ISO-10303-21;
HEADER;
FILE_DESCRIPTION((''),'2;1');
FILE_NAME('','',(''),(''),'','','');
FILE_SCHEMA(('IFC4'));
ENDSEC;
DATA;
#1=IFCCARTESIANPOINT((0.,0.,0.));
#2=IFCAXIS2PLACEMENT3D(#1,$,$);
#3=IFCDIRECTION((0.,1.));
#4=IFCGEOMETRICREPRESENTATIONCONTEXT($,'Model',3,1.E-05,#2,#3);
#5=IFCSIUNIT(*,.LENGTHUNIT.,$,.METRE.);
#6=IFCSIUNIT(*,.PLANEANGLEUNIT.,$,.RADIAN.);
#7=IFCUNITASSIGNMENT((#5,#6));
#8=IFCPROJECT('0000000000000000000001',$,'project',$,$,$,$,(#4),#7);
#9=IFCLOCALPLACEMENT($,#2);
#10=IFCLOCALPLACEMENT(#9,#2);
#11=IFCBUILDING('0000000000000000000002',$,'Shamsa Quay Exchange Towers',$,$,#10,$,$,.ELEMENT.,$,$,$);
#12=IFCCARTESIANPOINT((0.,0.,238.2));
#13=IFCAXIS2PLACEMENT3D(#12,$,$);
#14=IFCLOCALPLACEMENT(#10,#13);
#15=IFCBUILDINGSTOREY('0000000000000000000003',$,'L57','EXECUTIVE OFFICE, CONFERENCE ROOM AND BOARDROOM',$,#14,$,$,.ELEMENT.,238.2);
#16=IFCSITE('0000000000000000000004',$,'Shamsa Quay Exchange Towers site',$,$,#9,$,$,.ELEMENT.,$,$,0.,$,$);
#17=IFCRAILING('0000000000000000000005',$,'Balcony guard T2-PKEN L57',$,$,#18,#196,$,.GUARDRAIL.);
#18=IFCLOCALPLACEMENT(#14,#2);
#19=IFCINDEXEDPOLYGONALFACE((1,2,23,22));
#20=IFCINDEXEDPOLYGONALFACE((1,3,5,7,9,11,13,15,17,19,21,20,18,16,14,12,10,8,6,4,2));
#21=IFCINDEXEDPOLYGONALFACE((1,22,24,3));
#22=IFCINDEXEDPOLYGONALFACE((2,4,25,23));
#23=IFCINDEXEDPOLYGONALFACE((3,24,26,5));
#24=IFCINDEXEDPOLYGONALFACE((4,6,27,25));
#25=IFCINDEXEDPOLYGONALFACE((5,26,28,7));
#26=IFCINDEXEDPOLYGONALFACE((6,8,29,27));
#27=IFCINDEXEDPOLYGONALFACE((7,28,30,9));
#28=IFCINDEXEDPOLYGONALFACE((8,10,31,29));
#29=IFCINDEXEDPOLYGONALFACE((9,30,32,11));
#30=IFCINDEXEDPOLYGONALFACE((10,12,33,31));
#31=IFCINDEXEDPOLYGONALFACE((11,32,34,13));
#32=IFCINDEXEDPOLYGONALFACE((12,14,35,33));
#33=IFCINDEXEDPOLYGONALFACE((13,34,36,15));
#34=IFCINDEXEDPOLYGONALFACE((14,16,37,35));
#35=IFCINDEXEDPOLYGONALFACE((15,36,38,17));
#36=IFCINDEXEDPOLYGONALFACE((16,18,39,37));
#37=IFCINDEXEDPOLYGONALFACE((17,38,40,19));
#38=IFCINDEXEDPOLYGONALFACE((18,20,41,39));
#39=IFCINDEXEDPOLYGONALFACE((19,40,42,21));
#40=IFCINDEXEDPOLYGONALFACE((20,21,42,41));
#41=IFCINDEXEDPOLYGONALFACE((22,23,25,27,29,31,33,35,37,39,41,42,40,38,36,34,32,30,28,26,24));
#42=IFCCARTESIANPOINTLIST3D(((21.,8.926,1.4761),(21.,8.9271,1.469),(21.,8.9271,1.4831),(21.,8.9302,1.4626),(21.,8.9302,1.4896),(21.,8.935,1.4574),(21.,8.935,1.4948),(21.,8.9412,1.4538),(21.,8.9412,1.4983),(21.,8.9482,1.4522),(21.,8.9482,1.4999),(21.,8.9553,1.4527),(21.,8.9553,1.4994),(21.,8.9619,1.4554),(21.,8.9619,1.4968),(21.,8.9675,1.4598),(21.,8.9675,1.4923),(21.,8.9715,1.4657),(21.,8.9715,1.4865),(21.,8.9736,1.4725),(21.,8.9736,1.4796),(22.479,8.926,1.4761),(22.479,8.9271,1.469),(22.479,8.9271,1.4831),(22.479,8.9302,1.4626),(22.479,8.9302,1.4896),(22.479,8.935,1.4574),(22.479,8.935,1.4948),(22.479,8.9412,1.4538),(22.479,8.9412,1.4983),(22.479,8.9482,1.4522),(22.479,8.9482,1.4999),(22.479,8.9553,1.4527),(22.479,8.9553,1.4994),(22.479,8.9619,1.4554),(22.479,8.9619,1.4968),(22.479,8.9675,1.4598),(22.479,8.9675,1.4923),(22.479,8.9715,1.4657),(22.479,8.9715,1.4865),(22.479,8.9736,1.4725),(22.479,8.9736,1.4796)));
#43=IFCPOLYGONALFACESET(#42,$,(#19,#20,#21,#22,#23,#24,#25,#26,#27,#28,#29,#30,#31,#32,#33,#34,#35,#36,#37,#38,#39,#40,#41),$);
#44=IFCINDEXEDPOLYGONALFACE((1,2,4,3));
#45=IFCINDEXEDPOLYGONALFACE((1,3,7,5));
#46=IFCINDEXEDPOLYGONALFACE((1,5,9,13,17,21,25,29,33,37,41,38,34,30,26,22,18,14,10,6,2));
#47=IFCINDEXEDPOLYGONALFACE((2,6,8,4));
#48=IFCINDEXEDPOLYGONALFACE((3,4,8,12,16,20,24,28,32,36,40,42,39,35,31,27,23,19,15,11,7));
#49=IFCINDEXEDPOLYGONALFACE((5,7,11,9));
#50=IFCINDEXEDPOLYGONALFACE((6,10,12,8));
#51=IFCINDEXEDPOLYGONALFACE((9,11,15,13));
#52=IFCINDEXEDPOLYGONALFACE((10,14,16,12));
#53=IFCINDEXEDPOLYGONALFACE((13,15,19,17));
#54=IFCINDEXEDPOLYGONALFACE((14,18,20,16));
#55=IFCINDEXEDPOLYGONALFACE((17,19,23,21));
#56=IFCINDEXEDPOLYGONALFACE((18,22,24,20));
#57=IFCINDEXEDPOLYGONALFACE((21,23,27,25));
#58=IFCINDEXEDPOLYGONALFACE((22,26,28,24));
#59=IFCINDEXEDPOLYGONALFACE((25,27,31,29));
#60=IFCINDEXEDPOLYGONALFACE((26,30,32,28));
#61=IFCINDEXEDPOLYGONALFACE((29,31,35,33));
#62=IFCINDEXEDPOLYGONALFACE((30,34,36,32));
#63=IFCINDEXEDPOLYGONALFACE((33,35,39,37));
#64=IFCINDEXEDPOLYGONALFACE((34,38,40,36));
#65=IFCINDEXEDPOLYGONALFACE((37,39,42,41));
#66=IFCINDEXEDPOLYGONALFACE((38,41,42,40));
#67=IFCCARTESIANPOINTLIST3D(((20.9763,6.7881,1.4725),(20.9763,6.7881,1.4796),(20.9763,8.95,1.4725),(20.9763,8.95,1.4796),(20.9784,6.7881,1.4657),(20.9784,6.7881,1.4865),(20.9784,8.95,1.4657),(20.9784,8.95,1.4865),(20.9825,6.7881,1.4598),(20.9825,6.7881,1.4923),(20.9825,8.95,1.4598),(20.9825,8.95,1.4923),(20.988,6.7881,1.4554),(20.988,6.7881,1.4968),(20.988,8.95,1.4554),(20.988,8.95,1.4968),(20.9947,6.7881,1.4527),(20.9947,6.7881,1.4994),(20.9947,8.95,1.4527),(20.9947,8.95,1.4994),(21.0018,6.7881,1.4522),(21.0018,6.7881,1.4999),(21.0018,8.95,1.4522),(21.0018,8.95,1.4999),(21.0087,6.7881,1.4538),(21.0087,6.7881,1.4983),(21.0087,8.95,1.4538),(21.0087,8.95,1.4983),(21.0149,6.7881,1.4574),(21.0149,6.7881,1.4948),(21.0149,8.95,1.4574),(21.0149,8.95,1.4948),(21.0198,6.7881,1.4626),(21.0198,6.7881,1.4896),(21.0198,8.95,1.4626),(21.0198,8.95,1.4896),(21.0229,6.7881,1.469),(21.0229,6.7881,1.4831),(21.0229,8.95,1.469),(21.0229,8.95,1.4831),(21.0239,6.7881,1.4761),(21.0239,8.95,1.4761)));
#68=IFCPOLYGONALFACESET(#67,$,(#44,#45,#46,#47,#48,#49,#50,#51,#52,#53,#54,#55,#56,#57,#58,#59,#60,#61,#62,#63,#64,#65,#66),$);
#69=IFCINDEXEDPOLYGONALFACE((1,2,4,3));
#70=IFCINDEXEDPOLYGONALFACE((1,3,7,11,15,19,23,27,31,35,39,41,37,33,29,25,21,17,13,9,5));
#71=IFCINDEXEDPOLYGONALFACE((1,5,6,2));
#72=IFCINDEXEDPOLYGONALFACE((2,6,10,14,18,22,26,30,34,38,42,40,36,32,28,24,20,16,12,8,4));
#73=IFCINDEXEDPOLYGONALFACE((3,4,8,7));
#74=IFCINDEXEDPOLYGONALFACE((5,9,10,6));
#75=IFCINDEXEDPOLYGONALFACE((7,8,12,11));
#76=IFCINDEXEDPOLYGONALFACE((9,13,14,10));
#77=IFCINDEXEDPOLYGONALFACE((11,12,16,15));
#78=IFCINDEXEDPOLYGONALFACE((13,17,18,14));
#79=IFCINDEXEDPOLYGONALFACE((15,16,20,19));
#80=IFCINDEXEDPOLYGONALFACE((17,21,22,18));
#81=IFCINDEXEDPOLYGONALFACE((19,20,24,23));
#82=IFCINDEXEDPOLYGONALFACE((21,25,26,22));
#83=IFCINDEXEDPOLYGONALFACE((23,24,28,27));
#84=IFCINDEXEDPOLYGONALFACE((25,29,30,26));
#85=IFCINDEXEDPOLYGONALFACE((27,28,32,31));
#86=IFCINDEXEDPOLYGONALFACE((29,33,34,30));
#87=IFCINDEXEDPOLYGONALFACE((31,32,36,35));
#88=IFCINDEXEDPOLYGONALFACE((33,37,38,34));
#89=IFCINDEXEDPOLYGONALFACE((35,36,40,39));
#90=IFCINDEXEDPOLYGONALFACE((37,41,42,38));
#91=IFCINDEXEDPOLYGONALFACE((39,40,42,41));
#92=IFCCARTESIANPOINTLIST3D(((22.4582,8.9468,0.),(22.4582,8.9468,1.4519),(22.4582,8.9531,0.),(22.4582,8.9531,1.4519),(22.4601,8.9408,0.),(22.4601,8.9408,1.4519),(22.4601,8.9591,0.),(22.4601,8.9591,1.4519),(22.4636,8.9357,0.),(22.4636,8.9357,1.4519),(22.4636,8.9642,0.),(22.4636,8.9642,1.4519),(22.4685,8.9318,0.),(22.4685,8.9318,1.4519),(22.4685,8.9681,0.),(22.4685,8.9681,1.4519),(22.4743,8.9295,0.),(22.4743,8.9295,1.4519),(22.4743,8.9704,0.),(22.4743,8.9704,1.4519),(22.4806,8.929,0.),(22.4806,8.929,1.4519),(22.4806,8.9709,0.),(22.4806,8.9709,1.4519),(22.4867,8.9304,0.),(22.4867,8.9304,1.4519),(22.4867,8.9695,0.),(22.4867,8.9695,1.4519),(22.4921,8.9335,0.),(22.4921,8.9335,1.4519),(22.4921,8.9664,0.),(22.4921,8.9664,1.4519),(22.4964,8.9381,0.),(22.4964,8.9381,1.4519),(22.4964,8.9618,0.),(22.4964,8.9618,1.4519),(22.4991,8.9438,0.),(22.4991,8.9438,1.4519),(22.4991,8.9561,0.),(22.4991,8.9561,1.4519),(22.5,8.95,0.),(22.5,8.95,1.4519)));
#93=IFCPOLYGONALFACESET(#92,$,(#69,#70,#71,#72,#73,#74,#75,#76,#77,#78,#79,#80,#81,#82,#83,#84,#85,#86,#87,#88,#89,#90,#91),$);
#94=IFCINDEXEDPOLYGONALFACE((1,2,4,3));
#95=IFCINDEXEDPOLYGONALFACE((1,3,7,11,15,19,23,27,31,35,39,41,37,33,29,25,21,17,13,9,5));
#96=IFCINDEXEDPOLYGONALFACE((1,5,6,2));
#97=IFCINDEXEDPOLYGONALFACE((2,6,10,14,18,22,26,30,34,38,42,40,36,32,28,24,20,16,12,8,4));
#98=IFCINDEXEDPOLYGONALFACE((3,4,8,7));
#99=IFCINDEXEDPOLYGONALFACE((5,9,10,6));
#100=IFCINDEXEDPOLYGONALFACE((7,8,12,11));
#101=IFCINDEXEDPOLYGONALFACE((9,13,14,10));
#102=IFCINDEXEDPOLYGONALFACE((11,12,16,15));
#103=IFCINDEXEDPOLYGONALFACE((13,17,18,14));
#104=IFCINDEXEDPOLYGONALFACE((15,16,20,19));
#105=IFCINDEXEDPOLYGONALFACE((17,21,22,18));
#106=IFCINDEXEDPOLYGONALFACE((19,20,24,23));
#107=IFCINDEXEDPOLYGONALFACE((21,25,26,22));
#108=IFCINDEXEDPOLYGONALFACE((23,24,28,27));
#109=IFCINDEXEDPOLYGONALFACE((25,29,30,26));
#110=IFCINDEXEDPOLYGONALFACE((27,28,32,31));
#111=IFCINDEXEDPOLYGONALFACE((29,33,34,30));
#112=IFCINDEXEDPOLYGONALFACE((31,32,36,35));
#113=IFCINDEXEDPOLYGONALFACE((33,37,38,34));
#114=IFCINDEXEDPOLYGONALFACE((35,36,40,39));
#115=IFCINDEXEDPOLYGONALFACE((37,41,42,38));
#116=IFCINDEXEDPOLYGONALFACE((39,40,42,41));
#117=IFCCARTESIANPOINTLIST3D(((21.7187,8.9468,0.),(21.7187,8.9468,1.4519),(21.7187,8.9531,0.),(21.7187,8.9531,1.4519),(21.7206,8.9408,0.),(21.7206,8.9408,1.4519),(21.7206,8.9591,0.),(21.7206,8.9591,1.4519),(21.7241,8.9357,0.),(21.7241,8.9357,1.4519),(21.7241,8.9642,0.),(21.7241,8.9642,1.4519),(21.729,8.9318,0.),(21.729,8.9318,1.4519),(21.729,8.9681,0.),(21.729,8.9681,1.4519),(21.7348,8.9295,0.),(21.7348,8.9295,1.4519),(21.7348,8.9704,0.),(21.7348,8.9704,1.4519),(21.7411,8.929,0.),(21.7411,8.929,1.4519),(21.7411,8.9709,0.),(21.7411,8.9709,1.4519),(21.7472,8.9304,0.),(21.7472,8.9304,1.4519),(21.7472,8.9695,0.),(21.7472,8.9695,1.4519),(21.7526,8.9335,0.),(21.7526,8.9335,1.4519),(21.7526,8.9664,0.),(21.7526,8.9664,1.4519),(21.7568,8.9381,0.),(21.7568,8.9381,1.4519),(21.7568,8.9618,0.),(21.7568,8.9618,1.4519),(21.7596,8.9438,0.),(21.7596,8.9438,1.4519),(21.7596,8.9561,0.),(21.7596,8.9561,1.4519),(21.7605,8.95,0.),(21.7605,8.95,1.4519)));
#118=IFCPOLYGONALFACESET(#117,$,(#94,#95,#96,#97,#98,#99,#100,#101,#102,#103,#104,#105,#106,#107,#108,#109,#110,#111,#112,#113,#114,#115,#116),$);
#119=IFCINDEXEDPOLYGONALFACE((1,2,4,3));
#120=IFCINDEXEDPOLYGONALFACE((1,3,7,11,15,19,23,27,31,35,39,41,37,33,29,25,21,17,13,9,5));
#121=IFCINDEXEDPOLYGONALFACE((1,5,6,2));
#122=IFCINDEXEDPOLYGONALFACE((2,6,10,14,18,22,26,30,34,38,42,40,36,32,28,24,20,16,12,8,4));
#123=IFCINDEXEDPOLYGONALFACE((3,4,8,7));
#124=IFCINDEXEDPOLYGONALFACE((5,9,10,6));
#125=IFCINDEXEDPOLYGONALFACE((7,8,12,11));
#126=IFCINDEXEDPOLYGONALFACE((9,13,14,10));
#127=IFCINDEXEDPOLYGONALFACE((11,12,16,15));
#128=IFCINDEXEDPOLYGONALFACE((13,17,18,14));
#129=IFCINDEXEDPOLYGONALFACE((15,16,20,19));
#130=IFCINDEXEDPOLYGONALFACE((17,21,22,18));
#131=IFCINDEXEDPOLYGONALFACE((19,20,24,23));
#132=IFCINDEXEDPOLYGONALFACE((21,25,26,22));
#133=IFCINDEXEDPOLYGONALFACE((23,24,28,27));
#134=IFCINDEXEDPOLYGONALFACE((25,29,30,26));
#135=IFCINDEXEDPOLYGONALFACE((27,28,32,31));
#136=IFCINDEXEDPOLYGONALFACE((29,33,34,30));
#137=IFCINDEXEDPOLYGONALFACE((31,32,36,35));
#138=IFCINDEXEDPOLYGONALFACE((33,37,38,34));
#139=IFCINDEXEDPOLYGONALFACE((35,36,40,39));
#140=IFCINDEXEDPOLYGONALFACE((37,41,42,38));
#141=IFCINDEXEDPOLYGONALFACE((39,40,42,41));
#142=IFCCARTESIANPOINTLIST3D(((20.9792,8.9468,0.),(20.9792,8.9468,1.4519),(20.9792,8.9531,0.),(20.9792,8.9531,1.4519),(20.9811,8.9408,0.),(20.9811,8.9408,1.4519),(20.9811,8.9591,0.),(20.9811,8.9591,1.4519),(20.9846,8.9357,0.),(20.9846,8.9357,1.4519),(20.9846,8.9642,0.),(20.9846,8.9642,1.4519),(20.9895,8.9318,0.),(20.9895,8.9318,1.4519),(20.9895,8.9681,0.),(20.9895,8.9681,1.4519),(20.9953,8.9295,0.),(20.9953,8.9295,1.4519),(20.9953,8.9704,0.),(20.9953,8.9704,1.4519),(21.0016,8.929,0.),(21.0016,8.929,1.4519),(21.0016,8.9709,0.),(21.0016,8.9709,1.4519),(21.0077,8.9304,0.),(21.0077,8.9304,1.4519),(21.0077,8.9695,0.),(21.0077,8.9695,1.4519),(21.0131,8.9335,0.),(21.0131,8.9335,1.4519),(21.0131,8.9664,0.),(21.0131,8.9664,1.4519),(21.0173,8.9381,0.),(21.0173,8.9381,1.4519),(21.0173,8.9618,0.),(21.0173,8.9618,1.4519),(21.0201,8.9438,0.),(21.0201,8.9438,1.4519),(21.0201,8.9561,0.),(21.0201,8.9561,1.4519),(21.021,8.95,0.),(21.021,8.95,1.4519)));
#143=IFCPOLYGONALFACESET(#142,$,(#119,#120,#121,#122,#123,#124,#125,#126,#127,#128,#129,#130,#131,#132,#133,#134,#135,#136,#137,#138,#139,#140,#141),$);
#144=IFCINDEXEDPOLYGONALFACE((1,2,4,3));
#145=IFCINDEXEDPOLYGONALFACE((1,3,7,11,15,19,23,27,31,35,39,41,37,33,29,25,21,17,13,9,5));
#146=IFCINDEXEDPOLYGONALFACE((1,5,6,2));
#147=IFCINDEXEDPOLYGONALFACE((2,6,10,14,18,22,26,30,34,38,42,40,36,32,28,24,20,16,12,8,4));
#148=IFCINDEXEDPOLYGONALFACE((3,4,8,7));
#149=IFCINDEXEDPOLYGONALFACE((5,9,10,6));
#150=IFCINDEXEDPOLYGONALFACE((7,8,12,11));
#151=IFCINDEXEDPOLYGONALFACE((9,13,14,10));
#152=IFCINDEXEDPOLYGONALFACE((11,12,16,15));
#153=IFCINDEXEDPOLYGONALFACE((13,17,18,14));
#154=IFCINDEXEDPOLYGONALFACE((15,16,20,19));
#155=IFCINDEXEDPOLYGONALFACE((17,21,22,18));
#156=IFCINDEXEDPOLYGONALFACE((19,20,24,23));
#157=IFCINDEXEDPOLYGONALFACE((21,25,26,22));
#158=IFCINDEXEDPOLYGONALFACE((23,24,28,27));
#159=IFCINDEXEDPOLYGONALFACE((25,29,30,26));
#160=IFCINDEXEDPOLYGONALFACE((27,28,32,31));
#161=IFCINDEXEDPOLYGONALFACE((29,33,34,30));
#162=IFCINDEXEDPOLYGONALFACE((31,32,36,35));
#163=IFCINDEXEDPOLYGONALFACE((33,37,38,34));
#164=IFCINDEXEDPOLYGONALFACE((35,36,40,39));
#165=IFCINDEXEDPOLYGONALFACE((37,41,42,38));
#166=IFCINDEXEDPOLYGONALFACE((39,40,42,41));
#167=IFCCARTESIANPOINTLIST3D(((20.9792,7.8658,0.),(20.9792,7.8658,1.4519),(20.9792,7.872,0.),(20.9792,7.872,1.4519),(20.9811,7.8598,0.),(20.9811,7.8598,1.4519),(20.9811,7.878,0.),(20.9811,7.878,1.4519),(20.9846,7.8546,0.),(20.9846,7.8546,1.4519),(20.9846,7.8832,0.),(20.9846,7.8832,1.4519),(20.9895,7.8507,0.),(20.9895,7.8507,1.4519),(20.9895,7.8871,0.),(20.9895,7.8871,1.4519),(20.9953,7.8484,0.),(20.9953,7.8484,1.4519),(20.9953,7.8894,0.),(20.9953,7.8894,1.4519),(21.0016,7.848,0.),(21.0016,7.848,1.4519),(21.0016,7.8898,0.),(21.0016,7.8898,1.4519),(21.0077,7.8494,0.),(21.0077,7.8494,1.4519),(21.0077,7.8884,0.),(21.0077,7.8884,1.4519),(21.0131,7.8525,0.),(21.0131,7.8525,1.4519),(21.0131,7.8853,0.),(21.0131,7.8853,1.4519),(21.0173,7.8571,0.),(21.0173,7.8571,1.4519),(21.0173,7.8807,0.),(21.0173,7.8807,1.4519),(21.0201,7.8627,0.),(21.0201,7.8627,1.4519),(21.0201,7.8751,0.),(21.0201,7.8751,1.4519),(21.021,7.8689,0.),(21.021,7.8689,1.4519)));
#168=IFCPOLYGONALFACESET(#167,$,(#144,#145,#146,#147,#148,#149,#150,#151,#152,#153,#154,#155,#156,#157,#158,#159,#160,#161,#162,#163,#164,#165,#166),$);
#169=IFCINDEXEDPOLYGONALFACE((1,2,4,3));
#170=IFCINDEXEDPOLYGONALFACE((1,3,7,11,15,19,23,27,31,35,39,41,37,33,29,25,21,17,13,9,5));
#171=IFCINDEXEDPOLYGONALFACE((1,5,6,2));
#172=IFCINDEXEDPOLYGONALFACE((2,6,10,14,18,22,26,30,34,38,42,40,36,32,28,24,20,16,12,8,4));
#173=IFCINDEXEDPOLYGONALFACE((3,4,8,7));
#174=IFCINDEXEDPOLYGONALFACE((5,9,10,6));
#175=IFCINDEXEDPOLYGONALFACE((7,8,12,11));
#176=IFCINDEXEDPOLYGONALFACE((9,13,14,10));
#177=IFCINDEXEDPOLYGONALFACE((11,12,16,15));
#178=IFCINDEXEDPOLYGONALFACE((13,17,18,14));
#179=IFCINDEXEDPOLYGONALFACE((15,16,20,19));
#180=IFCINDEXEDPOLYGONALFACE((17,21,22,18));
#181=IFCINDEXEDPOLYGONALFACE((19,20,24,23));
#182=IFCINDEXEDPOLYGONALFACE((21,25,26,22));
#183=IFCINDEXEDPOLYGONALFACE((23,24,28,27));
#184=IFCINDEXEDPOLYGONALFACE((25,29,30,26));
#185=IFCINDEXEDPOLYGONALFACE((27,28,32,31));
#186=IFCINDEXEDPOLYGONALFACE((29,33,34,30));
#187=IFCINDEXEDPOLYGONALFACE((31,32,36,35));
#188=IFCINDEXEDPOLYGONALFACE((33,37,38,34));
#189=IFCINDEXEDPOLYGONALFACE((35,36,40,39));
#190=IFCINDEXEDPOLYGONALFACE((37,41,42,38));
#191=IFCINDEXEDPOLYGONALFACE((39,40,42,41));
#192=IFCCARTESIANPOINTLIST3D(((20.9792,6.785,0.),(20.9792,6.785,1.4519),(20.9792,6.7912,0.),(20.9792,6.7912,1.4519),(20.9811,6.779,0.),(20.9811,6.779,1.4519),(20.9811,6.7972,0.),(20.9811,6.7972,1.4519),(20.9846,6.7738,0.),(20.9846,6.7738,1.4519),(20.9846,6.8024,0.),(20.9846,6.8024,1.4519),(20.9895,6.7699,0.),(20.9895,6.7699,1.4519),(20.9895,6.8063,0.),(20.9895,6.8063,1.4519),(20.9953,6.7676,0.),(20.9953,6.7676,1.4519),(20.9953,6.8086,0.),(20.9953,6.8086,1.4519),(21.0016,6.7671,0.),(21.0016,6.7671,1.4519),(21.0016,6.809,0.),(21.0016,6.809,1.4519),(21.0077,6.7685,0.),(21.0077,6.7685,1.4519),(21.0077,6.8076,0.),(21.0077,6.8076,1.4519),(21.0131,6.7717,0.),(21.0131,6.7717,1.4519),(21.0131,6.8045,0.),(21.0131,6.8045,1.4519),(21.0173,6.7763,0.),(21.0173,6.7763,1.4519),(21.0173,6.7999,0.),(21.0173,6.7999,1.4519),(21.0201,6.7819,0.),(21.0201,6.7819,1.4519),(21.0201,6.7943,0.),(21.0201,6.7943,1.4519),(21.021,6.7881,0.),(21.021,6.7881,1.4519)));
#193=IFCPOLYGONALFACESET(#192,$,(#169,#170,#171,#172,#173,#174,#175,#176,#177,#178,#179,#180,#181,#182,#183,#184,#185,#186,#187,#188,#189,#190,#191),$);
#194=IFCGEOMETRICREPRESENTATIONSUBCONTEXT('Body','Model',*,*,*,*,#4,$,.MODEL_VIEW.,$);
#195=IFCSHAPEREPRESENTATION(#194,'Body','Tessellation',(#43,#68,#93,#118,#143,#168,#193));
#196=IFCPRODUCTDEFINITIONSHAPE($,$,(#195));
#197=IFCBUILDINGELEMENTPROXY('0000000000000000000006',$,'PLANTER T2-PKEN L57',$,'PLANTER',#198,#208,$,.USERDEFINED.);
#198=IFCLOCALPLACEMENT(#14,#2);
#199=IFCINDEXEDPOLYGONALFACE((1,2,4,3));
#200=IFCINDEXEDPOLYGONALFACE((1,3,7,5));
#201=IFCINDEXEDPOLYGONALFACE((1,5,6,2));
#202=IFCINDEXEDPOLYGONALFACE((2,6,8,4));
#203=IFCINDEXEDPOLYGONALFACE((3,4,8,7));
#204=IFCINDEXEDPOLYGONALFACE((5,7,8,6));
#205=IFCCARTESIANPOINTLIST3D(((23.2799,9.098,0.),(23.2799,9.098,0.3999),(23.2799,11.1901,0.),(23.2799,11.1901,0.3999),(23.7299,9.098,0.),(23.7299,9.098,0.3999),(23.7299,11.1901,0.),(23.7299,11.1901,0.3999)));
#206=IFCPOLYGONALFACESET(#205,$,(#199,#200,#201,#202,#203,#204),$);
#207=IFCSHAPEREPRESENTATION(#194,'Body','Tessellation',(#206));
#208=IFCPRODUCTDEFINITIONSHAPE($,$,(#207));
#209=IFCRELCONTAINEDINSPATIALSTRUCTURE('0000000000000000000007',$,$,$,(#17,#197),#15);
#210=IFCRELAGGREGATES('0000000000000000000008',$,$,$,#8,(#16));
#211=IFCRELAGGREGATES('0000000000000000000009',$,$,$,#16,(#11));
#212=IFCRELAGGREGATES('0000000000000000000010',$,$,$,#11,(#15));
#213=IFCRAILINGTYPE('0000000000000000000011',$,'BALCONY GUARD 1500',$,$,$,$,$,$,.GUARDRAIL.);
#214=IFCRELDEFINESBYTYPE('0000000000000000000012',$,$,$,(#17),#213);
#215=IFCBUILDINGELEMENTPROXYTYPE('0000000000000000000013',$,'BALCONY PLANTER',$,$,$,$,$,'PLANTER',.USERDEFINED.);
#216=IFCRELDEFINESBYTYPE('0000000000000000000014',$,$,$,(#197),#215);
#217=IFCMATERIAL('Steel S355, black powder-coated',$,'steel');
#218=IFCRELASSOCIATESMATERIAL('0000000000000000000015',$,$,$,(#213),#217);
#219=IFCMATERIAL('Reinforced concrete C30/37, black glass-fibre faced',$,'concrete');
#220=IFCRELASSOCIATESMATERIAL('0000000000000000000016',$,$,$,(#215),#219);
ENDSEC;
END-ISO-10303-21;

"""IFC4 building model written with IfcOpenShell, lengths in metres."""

from ifc_helpers import new_model, si_unit, direction, frame, origin, origin_2d, place, context, subcontext, project, spatial, rectangle, circle, extrude, material, type_object, element, save


model = new_model("IFC4")

# Units and contexts
model_context = context("Model", 3, precision=1e-05, world=origin(), true_north=direction((0.0, 1.0)))
body_context = subcontext(model_context, "Body", "Model", "MODEL_VIEW")
ifc_project = project(units=[si_unit("LENGTHUNIT", "METRE"), si_unit("PLANEANGLEUNIT", "RADIAN")], contexts=[model_context])

# Site, building, storey
site_placement = place(None, origin())
site = spatial("IfcSite", under=ifc_project, at=site_placement, Name="Shamsa Quay Exchange Towers site", CompositionType="ELEMENT", RefElevation=0.0)
building_placement = place(site_placement, origin())
building = spatial("IfcBuilding", under=site, at=building_placement, Name="Shamsa Quay Exchange Towers", CompositionType="ELEMENT")
storey_placement = place(building_placement, frame((0.0, 0.0, 238.2)))
storey = spatial("IfcBuildingStorey", under=building, at=storey_placement, Name="L57", Description="EXECUTIVE OFFICE, CONFERENCE ROOM AND BOARDROOM", CompositionType="ELEMENT", Elevation=238.2)

# Railing
ifc_material_1 = material(Name="Steel S355, black powder-coated", Category="steel")
railing_type = type_object("IfcRailingType", Name="BALCONY GUARD 1500", PredefinedType="GUARDRAIL", material=ifc_material_1)
for number, where, name in (
    (1, (22.479, 8.95, 0.0), "Balcony guard T2-PKEN L57"),
):
    element("IfcRailing", number, at=place(storey_placement, frame(where)), inside=storey, type_object=railing_type, Name=name, PredefinedType="GUARDRAIL", context=body_context, shape_type="SweptSolid", body=[
        extrude(circle(Radius=0.0239, at=origin_2d()), frame((0.0, 0.0, 1.4761), z_axis=(-1.0, 0.0, 0.0), x_axis=(0.0, -1.0, 0.0)), (0.0, 0.0, 1.0), 1.479),
        extrude(circle(Radius=0.0239, at=origin_2d()), frame((-1.479, 0.0, 1.4761), z_axis=(0.0, -1.0, 0.0), x_axis=(1.0, 0.0, 0.0)), (0.0, 0.0, 1.0), 2.1619),
        extrude(circle(Radius=0.021, at=origin_2d()), origin(), (0.0, 0.0, 1.0), 1.4519),
        extrude(circle(Radius=0.021, at=origin_2d()), frame((-0.7395, 0.0, 0.0)), (0.0, 0.0, 1.0), 1.4519),
        extrude(circle(Radius=0.021, at=origin_2d()), frame((-1.479, 0.0, 0.0)), (0.0, 0.0, 1.0), 1.4519),
        extrude(circle(Radius=0.021, at=origin_2d()), frame((-1.479, -1.0811, 0.0)), (0.0, 0.0, 1.0), 1.4519),
        extrude(circle(Radius=0.021, at=origin_2d()), frame((-1.479, -2.1619, 0.0)), (0.0, 0.0, 1.0), 1.4519),
    ])

# Building element proxy
ifc_material_2 = material(Name="Reinforced concrete C30/37, black glass-fibre faced", Category="concrete")
building_element_proxy_type = type_object("IfcBuildingElementProxyType", Name="BALCONY PLANTER", ElementType="PLANTER", PredefinedType="USERDEFINED", material=ifc_material_2)
proxy_placement = place(storey_placement, frame((23.5049, 10.144, 0.0), z_axis=(0.0, 0.0, 1.0), x_axis=(0.0, -1.0, 0.0)))
element("IfcBuildingElementProxy", 2, at=proxy_placement, inside=storey, type_object=building_element_proxy_type, Name="PLANTER T2-PKEN L57", ObjectType="PLANTER", PredefinedType="USERDEFINED", context=body_context, shape_type="SweptSolid", body=[
    extrude(rectangle(XDim=2.092, YDim=0.45, at=origin_2d()), origin(), (0.0, 0.0, 1.0), 0.3999),
])

save(model, "model.ifc")
